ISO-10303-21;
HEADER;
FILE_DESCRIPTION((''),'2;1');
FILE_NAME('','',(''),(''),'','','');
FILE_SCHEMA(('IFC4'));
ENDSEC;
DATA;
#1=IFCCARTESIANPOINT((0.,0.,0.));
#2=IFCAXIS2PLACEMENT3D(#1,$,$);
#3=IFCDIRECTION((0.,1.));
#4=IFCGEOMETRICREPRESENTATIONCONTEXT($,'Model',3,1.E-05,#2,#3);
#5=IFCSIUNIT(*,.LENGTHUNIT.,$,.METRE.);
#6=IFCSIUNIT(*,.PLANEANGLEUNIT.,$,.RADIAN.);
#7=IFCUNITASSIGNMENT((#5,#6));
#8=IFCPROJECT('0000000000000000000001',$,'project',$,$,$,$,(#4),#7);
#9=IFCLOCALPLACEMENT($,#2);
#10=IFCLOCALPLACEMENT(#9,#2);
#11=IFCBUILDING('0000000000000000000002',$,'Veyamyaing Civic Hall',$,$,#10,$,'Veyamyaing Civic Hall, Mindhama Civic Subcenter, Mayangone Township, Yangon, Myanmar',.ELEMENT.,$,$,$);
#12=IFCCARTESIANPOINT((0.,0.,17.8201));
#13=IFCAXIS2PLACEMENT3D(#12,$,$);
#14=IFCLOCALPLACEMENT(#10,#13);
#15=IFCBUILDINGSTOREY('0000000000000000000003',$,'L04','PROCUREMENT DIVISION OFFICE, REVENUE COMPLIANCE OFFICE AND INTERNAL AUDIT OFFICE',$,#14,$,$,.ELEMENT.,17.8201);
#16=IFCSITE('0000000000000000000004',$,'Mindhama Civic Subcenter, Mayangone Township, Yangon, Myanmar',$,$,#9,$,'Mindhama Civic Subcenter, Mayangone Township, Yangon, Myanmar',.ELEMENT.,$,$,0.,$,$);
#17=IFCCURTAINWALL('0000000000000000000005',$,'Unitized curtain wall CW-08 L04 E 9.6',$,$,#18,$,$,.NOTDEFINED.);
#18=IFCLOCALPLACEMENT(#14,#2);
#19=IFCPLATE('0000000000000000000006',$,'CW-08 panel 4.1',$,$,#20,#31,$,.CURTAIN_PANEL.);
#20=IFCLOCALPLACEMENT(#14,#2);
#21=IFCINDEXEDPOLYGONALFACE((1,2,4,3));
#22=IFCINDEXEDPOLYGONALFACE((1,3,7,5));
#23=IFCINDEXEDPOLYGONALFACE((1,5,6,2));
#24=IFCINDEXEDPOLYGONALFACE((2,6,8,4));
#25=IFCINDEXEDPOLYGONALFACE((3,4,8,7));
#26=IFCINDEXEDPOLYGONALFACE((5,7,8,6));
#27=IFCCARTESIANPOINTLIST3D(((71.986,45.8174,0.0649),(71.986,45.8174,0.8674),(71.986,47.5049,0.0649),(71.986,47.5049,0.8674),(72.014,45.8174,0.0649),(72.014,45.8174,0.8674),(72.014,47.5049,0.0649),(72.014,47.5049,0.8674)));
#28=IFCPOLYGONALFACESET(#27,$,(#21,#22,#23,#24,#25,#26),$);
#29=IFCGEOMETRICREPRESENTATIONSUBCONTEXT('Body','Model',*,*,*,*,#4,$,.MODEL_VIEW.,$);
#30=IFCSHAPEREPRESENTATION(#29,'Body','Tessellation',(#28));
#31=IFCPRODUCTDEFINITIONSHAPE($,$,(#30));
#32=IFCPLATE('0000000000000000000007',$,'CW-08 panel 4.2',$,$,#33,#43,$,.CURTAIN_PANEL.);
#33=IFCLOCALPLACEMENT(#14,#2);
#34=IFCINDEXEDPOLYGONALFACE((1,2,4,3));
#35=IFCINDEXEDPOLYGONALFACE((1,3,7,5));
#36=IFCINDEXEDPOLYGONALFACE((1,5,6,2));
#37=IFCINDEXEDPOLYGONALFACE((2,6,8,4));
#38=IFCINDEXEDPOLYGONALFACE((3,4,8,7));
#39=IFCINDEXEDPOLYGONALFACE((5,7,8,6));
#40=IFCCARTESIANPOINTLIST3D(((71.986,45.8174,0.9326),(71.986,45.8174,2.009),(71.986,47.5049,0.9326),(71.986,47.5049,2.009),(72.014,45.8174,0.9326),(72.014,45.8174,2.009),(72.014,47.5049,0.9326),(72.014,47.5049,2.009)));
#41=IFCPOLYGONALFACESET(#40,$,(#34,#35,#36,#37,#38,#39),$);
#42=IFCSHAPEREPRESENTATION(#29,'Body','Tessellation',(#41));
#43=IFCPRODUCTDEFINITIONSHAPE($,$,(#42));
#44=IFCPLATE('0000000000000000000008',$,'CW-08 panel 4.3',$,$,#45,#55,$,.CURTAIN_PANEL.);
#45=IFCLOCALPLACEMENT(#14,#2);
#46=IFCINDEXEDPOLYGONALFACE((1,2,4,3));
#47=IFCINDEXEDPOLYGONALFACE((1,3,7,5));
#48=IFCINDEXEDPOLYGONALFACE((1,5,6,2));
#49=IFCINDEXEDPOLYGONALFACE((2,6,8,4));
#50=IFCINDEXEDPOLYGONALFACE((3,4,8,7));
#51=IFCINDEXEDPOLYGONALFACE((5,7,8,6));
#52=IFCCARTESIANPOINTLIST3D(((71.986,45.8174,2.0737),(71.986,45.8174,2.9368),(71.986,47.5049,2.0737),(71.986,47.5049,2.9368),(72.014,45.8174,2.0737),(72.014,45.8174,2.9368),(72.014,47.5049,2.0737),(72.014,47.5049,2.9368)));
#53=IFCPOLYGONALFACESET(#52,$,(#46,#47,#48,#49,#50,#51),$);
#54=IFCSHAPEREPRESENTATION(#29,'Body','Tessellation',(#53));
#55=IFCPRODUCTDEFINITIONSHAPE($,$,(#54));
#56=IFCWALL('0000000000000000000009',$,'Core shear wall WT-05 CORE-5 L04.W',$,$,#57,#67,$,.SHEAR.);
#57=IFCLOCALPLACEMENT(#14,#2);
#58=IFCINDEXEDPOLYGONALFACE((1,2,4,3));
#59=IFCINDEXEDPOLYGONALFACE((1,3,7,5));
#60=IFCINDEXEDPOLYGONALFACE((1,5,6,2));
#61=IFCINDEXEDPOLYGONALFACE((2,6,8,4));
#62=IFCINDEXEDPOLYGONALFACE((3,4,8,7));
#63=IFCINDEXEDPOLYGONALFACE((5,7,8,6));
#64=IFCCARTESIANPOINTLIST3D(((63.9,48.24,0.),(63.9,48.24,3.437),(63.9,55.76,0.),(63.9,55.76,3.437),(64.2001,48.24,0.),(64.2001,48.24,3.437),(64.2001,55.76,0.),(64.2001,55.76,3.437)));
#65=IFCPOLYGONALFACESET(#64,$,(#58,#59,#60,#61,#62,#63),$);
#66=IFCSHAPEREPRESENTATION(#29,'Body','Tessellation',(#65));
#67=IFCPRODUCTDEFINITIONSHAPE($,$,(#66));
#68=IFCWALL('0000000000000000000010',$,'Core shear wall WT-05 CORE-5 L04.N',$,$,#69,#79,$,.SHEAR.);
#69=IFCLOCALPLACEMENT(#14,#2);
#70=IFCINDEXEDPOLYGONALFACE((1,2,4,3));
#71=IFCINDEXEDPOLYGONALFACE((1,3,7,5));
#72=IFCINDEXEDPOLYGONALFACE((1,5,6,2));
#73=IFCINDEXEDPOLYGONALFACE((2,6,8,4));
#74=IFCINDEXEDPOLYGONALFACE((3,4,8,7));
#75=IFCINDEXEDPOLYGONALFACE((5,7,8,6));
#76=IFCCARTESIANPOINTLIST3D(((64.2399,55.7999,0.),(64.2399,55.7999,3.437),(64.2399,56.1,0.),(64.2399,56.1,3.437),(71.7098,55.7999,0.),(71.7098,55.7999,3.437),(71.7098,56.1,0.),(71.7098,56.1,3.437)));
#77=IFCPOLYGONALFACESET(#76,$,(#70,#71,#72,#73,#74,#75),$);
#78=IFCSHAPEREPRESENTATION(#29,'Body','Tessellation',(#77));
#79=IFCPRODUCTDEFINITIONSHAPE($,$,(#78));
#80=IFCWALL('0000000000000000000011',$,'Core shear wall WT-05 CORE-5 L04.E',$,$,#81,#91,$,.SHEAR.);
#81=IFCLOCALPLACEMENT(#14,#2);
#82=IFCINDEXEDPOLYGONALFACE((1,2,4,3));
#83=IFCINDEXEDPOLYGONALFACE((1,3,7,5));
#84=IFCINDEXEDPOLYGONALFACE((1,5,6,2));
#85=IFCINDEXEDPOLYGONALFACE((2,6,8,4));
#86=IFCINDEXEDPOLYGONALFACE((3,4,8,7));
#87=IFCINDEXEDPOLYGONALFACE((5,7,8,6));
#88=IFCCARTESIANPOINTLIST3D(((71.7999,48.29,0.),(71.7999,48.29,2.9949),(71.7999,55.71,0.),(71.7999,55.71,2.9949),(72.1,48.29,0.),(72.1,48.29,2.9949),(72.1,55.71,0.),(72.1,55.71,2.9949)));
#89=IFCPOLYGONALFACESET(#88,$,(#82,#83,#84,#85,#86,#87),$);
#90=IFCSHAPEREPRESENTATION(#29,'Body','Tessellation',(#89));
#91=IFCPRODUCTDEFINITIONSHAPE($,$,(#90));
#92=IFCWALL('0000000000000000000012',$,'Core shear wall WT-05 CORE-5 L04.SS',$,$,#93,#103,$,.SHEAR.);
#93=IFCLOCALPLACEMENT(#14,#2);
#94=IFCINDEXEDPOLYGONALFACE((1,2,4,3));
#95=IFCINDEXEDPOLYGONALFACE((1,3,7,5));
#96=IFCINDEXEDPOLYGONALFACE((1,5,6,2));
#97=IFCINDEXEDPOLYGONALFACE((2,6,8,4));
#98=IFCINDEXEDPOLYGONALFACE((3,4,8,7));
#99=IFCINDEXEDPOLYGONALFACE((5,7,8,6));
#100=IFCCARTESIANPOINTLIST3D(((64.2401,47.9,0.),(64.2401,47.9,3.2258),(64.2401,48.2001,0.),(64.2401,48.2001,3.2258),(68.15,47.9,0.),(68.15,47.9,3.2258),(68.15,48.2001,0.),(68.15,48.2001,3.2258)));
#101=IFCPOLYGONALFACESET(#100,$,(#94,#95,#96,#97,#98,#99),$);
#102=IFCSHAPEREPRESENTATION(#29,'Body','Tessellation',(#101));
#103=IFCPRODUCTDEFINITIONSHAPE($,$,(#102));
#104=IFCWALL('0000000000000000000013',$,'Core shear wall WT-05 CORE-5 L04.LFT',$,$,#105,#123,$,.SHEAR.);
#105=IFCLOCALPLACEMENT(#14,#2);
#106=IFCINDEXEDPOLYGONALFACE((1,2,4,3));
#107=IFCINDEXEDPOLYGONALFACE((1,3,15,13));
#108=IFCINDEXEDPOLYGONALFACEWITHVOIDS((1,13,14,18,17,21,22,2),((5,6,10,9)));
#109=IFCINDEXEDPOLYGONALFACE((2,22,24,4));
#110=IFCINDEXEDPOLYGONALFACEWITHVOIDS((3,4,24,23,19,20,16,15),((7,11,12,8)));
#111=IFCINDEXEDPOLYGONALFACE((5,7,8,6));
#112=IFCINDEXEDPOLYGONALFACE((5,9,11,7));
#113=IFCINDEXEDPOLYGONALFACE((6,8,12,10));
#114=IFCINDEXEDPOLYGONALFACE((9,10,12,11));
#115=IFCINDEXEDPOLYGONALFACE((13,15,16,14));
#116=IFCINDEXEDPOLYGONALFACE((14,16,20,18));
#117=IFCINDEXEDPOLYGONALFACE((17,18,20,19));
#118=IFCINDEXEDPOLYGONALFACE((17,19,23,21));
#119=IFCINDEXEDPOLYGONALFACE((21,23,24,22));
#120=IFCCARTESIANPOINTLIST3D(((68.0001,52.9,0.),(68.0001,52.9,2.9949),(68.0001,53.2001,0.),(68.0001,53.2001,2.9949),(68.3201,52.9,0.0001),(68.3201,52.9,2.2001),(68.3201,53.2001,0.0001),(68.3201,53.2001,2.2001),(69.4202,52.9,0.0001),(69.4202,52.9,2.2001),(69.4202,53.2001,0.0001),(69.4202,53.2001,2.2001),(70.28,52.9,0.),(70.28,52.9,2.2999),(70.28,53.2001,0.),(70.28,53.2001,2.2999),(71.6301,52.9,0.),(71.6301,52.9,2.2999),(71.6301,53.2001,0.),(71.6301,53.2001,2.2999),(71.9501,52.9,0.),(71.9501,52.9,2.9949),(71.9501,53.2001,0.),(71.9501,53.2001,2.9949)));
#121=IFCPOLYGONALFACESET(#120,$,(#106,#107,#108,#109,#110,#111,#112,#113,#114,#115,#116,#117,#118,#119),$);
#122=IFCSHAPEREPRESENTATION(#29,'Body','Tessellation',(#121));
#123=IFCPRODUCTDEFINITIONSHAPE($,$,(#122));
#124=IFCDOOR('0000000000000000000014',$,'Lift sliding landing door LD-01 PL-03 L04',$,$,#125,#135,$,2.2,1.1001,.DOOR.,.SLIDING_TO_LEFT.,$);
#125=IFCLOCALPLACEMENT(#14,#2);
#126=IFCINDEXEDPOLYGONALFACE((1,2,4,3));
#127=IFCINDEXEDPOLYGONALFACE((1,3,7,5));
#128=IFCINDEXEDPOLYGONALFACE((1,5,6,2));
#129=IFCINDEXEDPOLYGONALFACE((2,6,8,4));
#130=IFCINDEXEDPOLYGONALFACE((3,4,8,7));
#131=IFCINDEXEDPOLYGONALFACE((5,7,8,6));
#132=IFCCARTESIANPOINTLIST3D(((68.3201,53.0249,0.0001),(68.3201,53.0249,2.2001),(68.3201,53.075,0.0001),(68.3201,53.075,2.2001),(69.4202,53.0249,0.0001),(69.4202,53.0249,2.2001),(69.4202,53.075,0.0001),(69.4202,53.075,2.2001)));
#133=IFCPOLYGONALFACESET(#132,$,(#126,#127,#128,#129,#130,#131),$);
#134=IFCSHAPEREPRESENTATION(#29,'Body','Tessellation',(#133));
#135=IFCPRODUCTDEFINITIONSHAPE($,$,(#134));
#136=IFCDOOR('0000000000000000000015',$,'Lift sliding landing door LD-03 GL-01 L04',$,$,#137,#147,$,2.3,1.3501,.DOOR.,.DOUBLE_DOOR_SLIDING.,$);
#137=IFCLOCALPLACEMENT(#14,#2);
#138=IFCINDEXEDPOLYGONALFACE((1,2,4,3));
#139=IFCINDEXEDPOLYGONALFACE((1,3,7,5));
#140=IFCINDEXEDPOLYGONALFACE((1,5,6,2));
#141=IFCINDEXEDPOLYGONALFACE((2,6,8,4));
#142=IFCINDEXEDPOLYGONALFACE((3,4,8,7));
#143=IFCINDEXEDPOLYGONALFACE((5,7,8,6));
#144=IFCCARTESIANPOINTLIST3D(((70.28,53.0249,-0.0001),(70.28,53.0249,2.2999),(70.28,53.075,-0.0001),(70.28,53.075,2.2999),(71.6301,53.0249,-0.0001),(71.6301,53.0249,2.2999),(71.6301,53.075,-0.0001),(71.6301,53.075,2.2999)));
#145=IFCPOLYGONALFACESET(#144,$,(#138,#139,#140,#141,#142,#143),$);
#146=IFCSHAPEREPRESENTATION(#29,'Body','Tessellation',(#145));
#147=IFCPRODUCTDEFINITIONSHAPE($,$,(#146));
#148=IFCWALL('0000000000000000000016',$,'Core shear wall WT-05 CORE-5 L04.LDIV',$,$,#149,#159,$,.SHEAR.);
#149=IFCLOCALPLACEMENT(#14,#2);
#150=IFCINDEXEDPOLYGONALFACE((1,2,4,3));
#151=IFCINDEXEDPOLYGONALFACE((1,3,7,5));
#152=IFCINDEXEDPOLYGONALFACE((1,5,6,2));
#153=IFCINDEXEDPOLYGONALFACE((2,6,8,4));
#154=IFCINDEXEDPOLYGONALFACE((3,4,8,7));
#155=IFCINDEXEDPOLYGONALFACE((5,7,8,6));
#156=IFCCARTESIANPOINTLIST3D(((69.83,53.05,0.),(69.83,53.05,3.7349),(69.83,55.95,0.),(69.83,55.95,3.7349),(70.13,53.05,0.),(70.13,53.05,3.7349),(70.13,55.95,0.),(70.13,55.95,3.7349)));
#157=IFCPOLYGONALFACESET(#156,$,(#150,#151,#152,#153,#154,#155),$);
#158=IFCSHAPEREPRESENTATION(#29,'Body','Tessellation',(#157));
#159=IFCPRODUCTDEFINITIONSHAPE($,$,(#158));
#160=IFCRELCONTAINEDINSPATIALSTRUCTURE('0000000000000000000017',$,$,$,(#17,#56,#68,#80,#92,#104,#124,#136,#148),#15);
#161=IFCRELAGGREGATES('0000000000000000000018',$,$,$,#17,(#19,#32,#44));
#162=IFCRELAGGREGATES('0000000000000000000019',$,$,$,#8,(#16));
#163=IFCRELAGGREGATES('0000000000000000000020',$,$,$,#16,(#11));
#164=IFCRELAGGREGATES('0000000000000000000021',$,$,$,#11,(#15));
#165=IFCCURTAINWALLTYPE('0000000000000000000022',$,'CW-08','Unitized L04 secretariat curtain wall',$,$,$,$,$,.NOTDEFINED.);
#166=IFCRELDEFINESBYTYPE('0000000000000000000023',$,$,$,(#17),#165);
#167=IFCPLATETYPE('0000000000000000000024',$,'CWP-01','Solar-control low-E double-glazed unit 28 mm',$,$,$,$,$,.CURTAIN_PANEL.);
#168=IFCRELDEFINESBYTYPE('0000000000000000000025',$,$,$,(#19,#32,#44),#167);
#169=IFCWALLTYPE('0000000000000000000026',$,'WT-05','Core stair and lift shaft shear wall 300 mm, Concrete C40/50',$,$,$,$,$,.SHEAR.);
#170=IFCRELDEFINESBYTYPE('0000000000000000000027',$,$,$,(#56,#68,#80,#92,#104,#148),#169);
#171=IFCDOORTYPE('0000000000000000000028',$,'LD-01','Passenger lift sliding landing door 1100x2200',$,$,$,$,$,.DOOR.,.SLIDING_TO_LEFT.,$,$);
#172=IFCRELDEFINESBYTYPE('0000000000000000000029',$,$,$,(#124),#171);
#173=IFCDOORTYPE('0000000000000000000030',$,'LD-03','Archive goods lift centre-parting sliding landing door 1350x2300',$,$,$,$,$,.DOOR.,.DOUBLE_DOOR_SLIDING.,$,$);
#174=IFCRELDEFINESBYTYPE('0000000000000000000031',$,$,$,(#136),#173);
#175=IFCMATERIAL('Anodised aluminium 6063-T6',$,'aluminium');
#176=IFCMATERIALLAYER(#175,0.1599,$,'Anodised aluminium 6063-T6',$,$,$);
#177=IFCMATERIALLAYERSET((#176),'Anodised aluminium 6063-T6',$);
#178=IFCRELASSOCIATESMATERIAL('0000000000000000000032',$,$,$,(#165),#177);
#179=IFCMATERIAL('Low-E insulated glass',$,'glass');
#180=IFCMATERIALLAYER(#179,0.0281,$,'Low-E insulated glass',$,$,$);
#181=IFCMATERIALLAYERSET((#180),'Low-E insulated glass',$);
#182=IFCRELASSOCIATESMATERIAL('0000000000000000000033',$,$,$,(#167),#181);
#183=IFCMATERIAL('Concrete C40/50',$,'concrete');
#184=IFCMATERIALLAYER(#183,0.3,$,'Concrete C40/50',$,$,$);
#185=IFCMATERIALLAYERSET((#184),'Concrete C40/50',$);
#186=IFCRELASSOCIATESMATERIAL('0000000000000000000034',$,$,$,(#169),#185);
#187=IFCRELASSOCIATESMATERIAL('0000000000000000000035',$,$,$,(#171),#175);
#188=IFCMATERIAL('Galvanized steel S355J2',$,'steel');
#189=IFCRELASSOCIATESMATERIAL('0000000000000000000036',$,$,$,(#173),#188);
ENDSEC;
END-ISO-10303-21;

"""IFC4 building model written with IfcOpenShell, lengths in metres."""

from ifc_helpers import new_model, si_unit, direction, frame, frame_2d, origin, origin_2d, place, context, subcontext, project, spatial, rectangle, extrude, material, layer, layer_set, type_object, element, fill, aggregate, save


model = new_model("IFC4")

# Units and contexts
model_context = context("Model", 3, precision=1e-05, world=origin(), true_north=direction((0.0, 1.0)))
body_context = subcontext(model_context, "Body", "Model", "MODEL_VIEW")
ifc_project = project(units=[si_unit("LENGTHUNIT", "METRE"), si_unit("PLANEANGLEUNIT", "RADIAN")], contexts=[model_context])

# Site, building, storey
site_placement = place(None, origin())
site = spatial("IfcSite", under=ifc_project, at=site_placement, Name="Mindhama Civic Subcenter, Mayangone Township, Yangon, Myanmar", LongName="Mindhama Civic Subcenter, Mayangone Township, Yangon, Myanmar", CompositionType="ELEMENT", RefElevation=0.0)
building_placement = place(site_placement, origin())
building = spatial("IfcBuilding", under=site, at=building_placement, Name="Veyamyaing Civic Hall", LongName="Veyamyaing Civic Hall, Mindhama Civic Subcenter, Mayangone Township, Yangon, Myanmar", CompositionType="ELEMENT")
storey_placement = place(building_placement, frame((0.0, 0.0, 17.8201)))
storey = spatial("IfcBuildingStorey", under=building, at=storey_placement, Name="L04", Description="PROCUREMENT DIVISION OFFICE, REVENUE COMPLIANCE OFFICE AND INTERNAL AUDIT OFFICE", CompositionType="ELEMENT", Elevation=17.8201)

# Curtain wall
ifc_material_1 = material(Name="Anodised aluminium 6063-T6", Category="aluminium")
ifc_layer_1 = layer(ifc_material_1, 0.1599, Name="Anodised aluminium 6063-T6")
ifc_layer_set_1 = layer_set([ifc_layer_1], Name="Anodised aluminium 6063-T6")
curtain_wall_type = type_object("IfcCurtainWallType", Name="CW-08", Description="Unitized L04 secretariat curtain wall", PredefinedType="NOTDEFINED", material=ifc_layer_set_1)
curtain_wall_placement = place(storey_placement, origin())
curtain_wall = element("IfcCurtainWall", 1, at=curtain_wall_placement, inside=storey, type_object=curtain_wall_type, Name="Unitized curtain wall CW-08 L04 E 9.6", PredefinedType="NOTDEFINED")

# Shared definitions
ifc_material_2 = material(Name="Concrete C40/50", Category="concrete")

# Plates
ifc_material_3 = material(Name="Low-E insulated glass", Category="glass")
ifc_layer_2 = layer(ifc_material_3, 0.0281, Name="Low-E insulated glass")
ifc_layer_set_2 = layer_set([ifc_layer_2], Name="Low-E insulated glass")
plate_type = type_object("IfcPlateType", Name="CWP-01", Description="Solar-control low-E double-glazed unit 28 mm", PredefinedType="CURTAIN_PANEL", material=ifc_layer_set_2)
plate_1_placement = place(storey_placement, frame((72.0, 46.6611, 0.0649), z_axis=(0.0, 0.0, 1.0), x_axis=(0.0, 1.0, 0.0)))
plate_1 = element("IfcPlate", 2, at=plate_1_placement, type_object=plate_type, Name="CW-08 panel 4.1", PredefinedType="CURTAIN_PANEL", context=body_context, shape_type="SweptSolid", body=[
    extrude(rectangle(XDim=1.6875, YDim=0.0281, at=origin_2d()), origin(), (0.0, 0.0, 1.0), 0.8025),
])
plate_2_placement = place(storey_placement, frame((72.0, 46.6611, 0.9326), z_axis=(0.0, 0.0, 1.0), x_axis=(0.0, 1.0, 0.0)))
plate_2 = element("IfcPlate", 3, at=plate_2_placement, type_object=plate_type, Name="CW-08 panel 4.2", PredefinedType="CURTAIN_PANEL", context=body_context, shape_type="SweptSolid", body=[
    extrude(rectangle(XDim=1.6875, YDim=0.0281, at=origin_2d()), origin(), (0.0, 0.0, 1.0), 1.0764),
])
plate_3_placement = place(storey_placement, frame((72.0, 46.6611, 2.0737), z_axis=(0.0, 0.0, 1.0), x_axis=(0.0, 1.0, 0.0)))
plate_3 = element("IfcPlate", 4, at=plate_3_placement, type_object=plate_type, Name="CW-08 panel 4.3", PredefinedType="CURTAIN_PANEL", context=body_context, shape_type="SweptSolid", body=[
    extrude(rectangle(XDim=1.6875, YDim=0.0281, at=origin_2d()), origin(), (0.0, 0.0, 1.0), 0.863),
])
aggregate(curtain_wall, [plate_1, plate_2, plate_3])

# Walls
ifc_layer_3 = layer(ifc_material_2, 0.3, Name="Concrete C40/50")
ifc_layer_set_3 = layer_set([ifc_layer_3], Name="Concrete C40/50")
wall_type_1 = type_object("IfcWallType", Name="WT-05", Description="Core stair and lift shaft shear wall 300 mm, Concrete C40/50", PredefinedType="SHEAR", material=ifc_layer_set_3)
wall_1_placement = place(storey_placement, frame((64.05, 48.24, 0.0), z_axis=(0.0, 0.0, 1.0), x_axis=(0.0, 1.0, 0.0)))
element("IfcWall", 5, at=wall_1_placement, inside=storey, type_object=wall_type_1, Name="Core shear wall WT-05 CORE-5 L04.W", PredefinedType="SHEAR", context=body_context, shape_type="SweptSolid", body=[
    extrude(rectangle(XDim=7.52, YDim=0.3, at=frame_2d((3.76, 0.0))), origin(), (0.0, 0.0, 1.0), 3.437),
])
wall_2_placement = place(storey_placement, frame((64.24, 55.95, 0.0), z_axis=(0.0, 0.0, 1.0), x_axis=(1.0, 0.0, 0.0)))
element("IfcWall", 6, at=wall_2_placement, inside=storey, type_object=wall_type_1, Name="Core shear wall WT-05 CORE-5 L04.N", PredefinedType="SHEAR", context=body_context, shape_type="SweptSolid", body=[
    extrude(rectangle(XDim=7.47, YDim=0.3, at=frame_2d((3.7349, 0.0))), origin(), (0.0, 0.0, 1.0), 3.437),
])
wall_3_placement = place(storey_placement, frame((71.95, 48.29, 0.0), z_axis=(0.0, 0.0, 1.0), x_axis=(0.0, 1.0, 0.0)))
element("IfcWall", 7, at=wall_3_placement, inside=storey, type_object=wall_type_1, Name="Core shear wall WT-05 CORE-5 L04.E", PredefinedType="SHEAR", context=body_context, shape_type="SweptSolid", body=[
    extrude(rectangle(XDim=7.4199, YDim=0.3, at=frame_2d((3.71, 0.0))), origin(), (0.0, 0.0, 1.0), 2.9949),
])
wall_4_placement = place(storey_placement, frame((64.24, 48.05, 0.0), z_axis=(0.0, 0.0, 1.0), x_axis=(1.0, 0.0, 0.0)))
element("IfcWall", 8, at=wall_4_placement, inside=storey, type_object=wall_type_1, Name="Core shear wall WT-05 CORE-5 L04.SS", PredefinedType="SHEAR", context=body_context, shape_type="SweptSolid", body=[
    extrude(rectangle(XDim=3.9099, YDim=0.3, at=frame_2d((1.9551, 0.0))), origin(), (0.0, 0.0, 1.0), 3.2258),
])

# Shared definitions
ifc_material_4 = material(Name="Galvanized steel S355J2", Category="steel")

# Wall, openings, doors
wall_5_placement = place(storey_placement, frame((68.0, 53.05, 0.0), z_axis=(0.0, 0.0, 1.0), x_axis=(1.0, 0.0, 0.0)))
wall_5 = element("IfcWall", 9, at=wall_5_placement, inside=storey, type_object=wall_type_1, Name="Core shear wall WT-05 CORE-5 L04.LFT", PredefinedType="SHEAR", context=body_context, shape_type="SweptSolid", body=[
    extrude(rectangle(XDim=3.95, YDim=0.3, at=frame_2d((1.9751, 0.0))), origin(), (0.0, 0.0, 1.0), 2.9949),
])
opening_1_placement = place(wall_5_placement, frame((0.3201, 0.0, 0.0)))
opening_1 = element("IfcOpeningElement", 10, at=opening_1_placement, cuts=wall_5, PredefinedType="OPENING", context=body_context, shape_type="SweptSolid", body=[
    extrude(rectangle(XDim=1.1001, YDim=2.2, at=frame_2d((0.55, 1.1001))), frame((0.0, 0.1599, 0.0), z_axis=(0.0, -1.0, 0.0), x_axis=(1.0, 0.0, 0.0)), (0.0, 0.0, 1.0), 0.3201),
])
opening_2_placement = place(wall_5_placement, frame((2.28, 0.0, 0.0)))
opening_2 = element("IfcOpeningElement", 11, at=opening_2_placement, cuts=wall_5, PredefinedType="OPENING", context=body_context, shape_type="SweptSolid", body=[
    extrude(rectangle(XDim=1.3501, YDim=2.3, at=frame_2d((0.675, 1.1499))), frame((0.0, 0.1599, 0.0), z_axis=(0.0, -1.0, 0.0), x_axis=(1.0, 0.0, 0.0)), (0.0, 0.0, 1.0), 0.3201),
])
door_type_1 = type_object("IfcDoorType", Name="LD-01", Description="Passenger lift sliding landing door 1100x2200", OperationType="SLIDING_TO_LEFT", PredefinedType="DOOR", material=ifc_material_1)
door_1_placement = place(opening_1_placement, origin())
door_1 = element("IfcDoor", 12, at=door_1_placement, inside=storey, type_object=door_type_1, Name="Lift sliding landing door LD-01 PL-03 L04", OperationType="SLIDING_TO_LEFT", OverallHeight=2.2, OverallWidth=1.1001, PredefinedType="DOOR", context=body_context, shape_type="SweptSolid", body=[
    extrude(rectangle(XDim=1.1001, YDim=2.2, at=frame_2d((0.55, 1.1001))), frame((0.0, 0.0249, 0.0), z_axis=(0.0, -1.0, 0.0), x_axis=(1.0, 0.0, 0.0)), (0.0, 0.0, 1.0), 0.05),
])
fill(opening_1, door_1)
door_type_2 = type_object("IfcDoorType", Name="LD-03", Description="Archive goods lift centre-parting sliding landing door 1350x2300", OperationType="DOUBLE_DOOR_SLIDING", PredefinedType="DOOR", material=ifc_material_4)
door_2_placement = place(opening_2_placement, origin())
door_2 = element("IfcDoor", 13, at=door_2_placement, inside=storey, type_object=door_type_2, Name="Lift sliding landing door LD-03 GL-01 L04", OperationType="DOUBLE_DOOR_SLIDING", OverallHeight=2.3, OverallWidth=1.3501, PredefinedType="DOOR", context=body_context, shape_type="SweptSolid", body=[
    extrude(rectangle(XDim=1.3501, YDim=2.3, at=frame_2d((0.675, 1.1499))), frame((0.0, 0.0249, 0.0), z_axis=(0.0, -1.0, 0.0), x_axis=(1.0, 0.0, 0.0)), (0.0, 0.0, 1.0), 0.05),
])
fill(opening_2, door_2)

# Wall
wall_6_placement = place(storey_placement, frame((69.98, 53.05, 0.0), z_axis=(0.0, 0.0, 1.0), x_axis=(0.0, 1.0, 0.0)))
element("IfcWall", 14, at=wall_6_placement, inside=storey, type_object=wall_type_1, Name="Core shear wall WT-05 CORE-5 L04.LDIV", PredefinedType="SHEAR", context=body_context, shape_type="SweptSolid", body=[
    extrude(rectangle(XDim=2.8999, YDim=0.3, at=frame_2d((1.45, 0.0))), origin(), (0.0, 0.0, 1.0), 3.7349),
])

save(model, "model.ifc")
